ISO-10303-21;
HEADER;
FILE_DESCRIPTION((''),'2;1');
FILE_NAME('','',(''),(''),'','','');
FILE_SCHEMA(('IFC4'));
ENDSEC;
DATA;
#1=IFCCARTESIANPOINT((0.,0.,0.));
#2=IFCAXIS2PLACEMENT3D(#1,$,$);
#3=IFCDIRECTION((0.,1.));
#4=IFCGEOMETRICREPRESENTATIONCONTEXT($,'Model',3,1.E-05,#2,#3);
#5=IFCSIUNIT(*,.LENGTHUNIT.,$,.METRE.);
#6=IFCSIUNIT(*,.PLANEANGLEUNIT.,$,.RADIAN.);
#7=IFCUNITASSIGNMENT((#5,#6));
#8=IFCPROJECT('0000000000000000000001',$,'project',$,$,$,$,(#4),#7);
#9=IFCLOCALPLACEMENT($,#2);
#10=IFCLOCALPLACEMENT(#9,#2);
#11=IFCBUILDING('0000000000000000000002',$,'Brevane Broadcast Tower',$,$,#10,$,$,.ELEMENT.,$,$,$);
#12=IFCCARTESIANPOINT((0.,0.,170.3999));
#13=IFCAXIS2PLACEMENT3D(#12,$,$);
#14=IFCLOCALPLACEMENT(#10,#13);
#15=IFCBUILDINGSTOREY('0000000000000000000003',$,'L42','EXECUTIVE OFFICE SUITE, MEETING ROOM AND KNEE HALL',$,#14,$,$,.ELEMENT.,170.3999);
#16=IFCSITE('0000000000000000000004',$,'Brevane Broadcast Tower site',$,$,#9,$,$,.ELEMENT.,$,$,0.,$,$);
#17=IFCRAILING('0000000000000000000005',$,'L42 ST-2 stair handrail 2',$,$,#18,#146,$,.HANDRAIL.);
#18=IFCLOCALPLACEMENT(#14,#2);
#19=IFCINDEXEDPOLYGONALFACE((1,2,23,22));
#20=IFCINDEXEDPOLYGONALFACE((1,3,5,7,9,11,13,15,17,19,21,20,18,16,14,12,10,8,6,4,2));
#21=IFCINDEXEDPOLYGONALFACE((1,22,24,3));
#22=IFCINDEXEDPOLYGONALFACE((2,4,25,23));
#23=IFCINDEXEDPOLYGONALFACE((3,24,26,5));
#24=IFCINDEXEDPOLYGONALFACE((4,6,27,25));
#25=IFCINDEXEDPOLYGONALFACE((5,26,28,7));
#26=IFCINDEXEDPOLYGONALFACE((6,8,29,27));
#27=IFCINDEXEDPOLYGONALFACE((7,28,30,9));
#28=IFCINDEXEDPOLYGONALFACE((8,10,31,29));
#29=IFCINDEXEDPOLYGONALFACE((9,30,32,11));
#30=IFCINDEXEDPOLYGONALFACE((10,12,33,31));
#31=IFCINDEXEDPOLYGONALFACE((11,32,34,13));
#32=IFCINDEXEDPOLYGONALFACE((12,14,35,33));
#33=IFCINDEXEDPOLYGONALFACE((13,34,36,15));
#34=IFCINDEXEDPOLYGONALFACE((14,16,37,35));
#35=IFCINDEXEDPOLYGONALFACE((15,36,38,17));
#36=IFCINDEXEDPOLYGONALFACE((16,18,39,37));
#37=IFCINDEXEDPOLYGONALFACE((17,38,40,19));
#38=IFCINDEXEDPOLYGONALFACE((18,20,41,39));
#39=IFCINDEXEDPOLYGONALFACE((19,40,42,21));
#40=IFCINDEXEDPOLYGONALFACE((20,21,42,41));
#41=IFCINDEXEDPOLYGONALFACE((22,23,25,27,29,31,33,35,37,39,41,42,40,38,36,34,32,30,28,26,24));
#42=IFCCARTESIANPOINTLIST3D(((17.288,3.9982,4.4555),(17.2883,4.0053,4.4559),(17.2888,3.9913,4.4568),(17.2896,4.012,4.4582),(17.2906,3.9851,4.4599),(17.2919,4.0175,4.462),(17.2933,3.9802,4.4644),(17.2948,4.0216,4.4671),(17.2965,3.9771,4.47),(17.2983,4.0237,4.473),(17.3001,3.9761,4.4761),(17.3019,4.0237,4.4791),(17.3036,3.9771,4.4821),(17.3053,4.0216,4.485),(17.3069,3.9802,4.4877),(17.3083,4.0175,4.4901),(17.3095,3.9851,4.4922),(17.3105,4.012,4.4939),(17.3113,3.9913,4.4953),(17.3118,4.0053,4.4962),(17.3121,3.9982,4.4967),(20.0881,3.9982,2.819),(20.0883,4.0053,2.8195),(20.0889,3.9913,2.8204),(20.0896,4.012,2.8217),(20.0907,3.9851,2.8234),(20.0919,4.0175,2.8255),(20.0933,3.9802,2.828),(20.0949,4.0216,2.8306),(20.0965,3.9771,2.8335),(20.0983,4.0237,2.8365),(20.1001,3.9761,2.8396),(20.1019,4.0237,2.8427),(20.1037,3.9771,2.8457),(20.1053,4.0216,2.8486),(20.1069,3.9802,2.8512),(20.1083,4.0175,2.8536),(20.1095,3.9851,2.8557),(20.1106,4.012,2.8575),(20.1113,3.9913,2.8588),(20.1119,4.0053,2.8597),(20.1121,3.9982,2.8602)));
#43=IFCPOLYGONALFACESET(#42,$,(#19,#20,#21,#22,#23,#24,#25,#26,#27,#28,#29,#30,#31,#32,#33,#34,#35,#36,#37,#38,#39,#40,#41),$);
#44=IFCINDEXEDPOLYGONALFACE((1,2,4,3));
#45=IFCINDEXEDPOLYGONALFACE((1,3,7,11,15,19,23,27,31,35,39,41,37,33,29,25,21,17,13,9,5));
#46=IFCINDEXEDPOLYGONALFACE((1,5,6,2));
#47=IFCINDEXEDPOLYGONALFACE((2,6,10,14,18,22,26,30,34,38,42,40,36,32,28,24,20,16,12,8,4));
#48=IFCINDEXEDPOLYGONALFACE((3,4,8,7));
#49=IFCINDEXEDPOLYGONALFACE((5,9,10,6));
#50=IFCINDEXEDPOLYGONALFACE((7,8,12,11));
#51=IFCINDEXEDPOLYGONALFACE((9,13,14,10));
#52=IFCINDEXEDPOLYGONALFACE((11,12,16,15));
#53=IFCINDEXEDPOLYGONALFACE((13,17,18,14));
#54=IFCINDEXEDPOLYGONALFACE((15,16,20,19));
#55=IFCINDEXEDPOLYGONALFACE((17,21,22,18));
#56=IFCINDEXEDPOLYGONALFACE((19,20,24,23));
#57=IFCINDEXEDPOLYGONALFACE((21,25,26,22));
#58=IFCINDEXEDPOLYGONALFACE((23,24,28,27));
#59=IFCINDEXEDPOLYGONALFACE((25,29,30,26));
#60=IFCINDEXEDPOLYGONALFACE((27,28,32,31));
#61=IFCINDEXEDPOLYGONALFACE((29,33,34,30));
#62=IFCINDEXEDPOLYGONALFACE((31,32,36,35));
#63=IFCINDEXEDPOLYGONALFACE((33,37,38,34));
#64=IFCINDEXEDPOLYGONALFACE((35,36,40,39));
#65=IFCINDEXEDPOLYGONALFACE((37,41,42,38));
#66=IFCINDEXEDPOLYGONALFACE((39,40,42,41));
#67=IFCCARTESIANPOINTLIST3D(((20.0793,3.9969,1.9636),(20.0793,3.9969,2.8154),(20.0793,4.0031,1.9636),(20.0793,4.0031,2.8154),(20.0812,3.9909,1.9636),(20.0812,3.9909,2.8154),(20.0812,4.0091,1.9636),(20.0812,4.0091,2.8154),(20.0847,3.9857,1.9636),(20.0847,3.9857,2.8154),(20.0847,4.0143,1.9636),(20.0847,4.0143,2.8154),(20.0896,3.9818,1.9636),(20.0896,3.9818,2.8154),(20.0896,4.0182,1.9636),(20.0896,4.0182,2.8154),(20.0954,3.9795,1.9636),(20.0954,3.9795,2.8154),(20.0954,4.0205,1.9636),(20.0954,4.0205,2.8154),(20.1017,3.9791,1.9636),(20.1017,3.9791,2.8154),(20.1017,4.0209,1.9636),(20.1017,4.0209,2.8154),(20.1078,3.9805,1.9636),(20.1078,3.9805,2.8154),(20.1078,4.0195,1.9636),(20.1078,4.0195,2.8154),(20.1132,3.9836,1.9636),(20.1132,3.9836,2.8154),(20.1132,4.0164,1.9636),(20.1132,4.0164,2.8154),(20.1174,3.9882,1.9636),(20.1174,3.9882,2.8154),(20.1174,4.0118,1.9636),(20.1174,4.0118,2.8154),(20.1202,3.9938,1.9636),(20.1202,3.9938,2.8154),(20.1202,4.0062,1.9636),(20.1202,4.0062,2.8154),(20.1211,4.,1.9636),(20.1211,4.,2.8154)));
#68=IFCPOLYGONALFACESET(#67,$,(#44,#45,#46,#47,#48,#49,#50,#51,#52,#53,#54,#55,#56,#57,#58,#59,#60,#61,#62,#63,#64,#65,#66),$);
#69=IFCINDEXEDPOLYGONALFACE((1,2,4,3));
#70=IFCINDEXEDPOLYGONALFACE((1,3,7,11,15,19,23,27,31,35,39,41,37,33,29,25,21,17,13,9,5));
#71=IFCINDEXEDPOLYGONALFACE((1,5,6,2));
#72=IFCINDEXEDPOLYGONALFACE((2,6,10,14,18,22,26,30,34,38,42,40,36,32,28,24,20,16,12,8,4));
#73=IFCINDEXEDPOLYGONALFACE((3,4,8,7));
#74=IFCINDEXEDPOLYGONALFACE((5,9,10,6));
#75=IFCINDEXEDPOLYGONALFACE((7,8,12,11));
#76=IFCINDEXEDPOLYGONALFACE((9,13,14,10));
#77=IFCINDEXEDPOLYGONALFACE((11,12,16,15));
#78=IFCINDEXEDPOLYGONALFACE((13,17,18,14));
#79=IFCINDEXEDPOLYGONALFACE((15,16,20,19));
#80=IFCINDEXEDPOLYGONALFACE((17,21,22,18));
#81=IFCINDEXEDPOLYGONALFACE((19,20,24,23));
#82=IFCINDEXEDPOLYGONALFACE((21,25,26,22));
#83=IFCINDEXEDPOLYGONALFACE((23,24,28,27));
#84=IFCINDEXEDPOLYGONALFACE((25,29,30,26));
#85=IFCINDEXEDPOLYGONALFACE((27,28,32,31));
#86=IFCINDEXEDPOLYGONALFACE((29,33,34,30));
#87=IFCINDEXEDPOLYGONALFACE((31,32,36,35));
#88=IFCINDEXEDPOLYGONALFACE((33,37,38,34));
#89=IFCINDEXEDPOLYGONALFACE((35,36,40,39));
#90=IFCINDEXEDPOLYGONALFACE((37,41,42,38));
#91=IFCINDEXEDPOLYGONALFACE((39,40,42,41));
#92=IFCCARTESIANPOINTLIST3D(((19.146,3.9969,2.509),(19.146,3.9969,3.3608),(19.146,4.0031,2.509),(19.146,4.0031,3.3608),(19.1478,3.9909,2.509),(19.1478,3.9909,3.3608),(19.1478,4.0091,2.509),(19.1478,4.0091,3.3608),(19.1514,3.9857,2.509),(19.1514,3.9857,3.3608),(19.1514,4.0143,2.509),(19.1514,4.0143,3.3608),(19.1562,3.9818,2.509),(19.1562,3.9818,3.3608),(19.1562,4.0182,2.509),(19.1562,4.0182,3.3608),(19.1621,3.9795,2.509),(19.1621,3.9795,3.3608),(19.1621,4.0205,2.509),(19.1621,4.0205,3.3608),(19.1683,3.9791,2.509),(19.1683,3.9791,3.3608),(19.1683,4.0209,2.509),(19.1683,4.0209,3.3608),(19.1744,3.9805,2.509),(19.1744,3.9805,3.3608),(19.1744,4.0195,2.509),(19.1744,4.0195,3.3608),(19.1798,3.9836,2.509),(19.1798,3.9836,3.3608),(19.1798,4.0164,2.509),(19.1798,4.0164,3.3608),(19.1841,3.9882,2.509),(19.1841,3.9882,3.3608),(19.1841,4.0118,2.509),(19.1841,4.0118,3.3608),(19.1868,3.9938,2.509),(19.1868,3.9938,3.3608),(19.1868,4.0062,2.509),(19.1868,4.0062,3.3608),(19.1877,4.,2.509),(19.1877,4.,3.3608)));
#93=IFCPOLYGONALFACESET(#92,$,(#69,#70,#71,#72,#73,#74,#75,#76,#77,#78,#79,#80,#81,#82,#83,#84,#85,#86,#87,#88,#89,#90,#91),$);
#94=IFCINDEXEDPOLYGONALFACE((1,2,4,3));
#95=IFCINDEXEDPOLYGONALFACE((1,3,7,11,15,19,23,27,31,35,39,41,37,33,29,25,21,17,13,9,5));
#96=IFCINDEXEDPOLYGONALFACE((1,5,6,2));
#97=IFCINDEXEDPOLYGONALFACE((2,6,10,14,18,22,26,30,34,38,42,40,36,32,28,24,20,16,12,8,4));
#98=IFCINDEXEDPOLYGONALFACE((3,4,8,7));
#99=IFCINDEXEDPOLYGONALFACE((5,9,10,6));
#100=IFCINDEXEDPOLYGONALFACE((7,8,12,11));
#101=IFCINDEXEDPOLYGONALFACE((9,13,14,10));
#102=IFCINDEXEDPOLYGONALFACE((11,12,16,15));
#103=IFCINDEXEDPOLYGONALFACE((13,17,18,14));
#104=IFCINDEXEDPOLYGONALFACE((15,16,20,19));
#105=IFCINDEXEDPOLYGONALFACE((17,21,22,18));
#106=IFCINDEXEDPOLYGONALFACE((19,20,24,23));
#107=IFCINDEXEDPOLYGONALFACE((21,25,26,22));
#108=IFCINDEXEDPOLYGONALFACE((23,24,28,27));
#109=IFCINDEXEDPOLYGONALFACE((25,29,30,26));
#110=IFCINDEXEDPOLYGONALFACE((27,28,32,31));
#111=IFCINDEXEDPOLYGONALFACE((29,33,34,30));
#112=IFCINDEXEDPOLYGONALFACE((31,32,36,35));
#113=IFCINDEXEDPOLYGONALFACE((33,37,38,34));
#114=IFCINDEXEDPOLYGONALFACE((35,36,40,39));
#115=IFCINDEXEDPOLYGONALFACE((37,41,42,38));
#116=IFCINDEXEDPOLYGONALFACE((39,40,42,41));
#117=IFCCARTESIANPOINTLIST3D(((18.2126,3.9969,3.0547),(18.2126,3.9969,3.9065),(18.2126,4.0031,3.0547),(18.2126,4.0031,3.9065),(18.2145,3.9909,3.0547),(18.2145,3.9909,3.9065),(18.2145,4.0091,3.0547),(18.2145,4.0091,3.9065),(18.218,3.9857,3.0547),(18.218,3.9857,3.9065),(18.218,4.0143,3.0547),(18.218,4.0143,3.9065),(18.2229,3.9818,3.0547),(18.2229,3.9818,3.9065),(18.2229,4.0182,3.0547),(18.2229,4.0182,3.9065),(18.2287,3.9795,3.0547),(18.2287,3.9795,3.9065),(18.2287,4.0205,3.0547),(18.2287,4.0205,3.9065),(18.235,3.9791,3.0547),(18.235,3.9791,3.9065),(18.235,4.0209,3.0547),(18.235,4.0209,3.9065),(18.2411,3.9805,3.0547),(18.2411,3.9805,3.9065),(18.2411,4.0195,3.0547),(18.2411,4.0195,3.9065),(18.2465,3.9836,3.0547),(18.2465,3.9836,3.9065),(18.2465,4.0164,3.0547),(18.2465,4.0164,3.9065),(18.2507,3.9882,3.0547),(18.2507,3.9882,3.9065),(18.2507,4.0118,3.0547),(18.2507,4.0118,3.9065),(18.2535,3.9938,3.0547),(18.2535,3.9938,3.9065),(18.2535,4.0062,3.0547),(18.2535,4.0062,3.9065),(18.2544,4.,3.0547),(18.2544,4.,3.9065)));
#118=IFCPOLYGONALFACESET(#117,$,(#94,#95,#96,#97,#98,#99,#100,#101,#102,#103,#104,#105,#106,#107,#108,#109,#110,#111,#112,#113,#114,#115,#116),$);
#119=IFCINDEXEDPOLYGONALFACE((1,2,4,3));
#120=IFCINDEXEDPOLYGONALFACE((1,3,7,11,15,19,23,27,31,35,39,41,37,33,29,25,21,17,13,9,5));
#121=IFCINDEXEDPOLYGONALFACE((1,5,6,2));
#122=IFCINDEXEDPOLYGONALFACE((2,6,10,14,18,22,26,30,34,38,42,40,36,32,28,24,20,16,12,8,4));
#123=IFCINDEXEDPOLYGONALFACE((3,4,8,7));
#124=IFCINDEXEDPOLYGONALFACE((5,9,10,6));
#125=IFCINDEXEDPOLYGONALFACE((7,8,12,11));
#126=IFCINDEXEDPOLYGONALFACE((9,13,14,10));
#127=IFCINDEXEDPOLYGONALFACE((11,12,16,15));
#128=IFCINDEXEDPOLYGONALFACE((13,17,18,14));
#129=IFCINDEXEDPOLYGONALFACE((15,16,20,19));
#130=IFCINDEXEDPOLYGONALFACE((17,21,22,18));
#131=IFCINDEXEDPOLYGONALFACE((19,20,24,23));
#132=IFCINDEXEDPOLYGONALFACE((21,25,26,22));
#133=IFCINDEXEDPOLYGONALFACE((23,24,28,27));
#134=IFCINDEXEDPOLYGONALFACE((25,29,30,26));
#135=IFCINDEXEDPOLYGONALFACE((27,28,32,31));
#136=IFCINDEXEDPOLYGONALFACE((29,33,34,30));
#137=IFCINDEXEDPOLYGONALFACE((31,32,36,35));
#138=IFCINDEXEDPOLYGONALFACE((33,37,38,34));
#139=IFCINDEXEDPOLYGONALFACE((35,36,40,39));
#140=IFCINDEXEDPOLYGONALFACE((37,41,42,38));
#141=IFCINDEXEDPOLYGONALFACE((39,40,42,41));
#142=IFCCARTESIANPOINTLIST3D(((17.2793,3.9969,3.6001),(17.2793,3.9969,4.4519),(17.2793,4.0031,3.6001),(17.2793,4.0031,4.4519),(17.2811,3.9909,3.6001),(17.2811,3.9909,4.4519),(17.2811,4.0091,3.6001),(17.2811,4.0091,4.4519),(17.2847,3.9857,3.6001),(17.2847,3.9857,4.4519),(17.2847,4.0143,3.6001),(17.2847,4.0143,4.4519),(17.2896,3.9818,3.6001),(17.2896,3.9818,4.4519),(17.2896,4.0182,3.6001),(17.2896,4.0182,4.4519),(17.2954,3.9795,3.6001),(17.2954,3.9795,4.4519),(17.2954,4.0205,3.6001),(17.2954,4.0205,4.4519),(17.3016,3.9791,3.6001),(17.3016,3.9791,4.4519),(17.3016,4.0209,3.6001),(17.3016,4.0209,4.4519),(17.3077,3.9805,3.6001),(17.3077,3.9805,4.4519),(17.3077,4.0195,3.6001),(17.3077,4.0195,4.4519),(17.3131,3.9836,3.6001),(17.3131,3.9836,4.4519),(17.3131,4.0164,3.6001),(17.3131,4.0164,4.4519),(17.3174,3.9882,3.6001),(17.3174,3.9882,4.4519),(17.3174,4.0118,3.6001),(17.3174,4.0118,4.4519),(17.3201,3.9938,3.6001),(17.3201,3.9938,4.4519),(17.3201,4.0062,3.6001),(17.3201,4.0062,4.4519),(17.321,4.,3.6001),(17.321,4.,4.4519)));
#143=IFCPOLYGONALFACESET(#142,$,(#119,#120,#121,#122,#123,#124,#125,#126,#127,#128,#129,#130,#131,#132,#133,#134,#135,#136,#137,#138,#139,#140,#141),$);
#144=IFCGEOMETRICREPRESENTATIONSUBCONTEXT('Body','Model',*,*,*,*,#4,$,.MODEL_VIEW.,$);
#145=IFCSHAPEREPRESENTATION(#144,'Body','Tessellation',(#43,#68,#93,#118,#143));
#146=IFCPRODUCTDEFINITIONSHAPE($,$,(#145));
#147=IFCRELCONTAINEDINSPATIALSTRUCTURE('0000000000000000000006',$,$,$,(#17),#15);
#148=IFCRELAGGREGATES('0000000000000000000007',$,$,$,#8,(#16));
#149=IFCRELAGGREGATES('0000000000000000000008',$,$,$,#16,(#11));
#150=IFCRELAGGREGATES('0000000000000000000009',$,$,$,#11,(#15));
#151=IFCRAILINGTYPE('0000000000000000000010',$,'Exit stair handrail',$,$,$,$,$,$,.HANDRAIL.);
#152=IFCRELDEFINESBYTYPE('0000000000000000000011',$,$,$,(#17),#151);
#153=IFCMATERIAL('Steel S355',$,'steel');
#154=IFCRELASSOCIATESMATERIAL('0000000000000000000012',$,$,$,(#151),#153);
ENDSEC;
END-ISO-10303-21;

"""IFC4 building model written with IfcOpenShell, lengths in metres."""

from ifc_helpers import new_model, si_unit, direction, frame, origin, origin_2d, place, context, subcontext, project, spatial, circle, extrude, material, type_object, element, save


model = new_model("IFC4")

# Units and contexts
model_context = context("Model", 3, precision=1e-05, world=origin(), true_north=direction((0.0, 1.0)))
body_context = subcontext(model_context, "Body", "Model", "MODEL_VIEW")
ifc_project = project(units=[si_unit("LENGTHUNIT", "METRE"), si_unit("PLANEANGLEUNIT", "RADIAN")], contexts=[model_context])

# Site, building, storey
site_placement = place(None, origin())
site = spatial("IfcSite", under=ifc_project, at=site_placement, Name="Brevane Broadcast Tower site", CompositionType="ELEMENT", RefElevation=0.0)
building_placement = place(site_placement, origin())
building = spatial("IfcBuilding", under=site, at=building_placement, Name="Brevane Broadcast Tower", CompositionType="ELEMENT")
storey_placement = place(building_placement, frame((0.0, 0.0, 170.3999)))
storey = spatial("IfcBuildingStorey", under=building, at=storey_placement, Name="L42", Description="EXECUTIVE OFFICE SUITE, MEETING ROOM AND KNEE HALL", CompositionType="ELEMENT", Elevation=170.3999)

# Railing
ifc_material_1 = material(Name="Steel S355", Category="steel")
railing_type_1 = type_object("IfcRailingType", Name="Exit stair handrail", PredefinedType="HANDRAIL", material=ifc_material_1)
railing_1_placement = place(storey_placement, frame((20.1001, 4.0, 1.9636)))
element("IfcRailing", 1, at=railing_1_placement, inside=storey, type_object=railing_type_1, Name="L42 ST-2 stair handrail 2", PredefinedType="HANDRAIL", context=body_context, shape_type="SweptSolid", body=[
    extrude(circle(Radius=0.0239, at=origin_2d()), frame((0.0, 0.0, 0.876), z_axis=(-0.863361, 0.0, 0.504587), x_axis=(0.0, -1.0, 0.0)), (0.0, 0.0, 1.0), 3.2432),
    extrude(circle(Radius=0.021, at=origin_2d()), origin(), (0.0, 0.0, 1.0), 0.8518),
    extrude(circle(Radius=0.021, at=origin_2d()), frame((-0.9333, 0.0, 0.5454)), (0.0, 0.0, 1.0), 0.8518),
    extrude(circle(Radius=0.021, at=origin_2d()), frame((-1.8667, 0.0, 1.0911)), (0.0, 0.0, 1.0), 0.8518),
    extrude(circle(Radius=0.021, at=origin_2d()), frame((-2.8, 0.0, 1.6365)), (0.0, 0.0, 1.0), 0.8518),
])

save(model, "model.ifc")
